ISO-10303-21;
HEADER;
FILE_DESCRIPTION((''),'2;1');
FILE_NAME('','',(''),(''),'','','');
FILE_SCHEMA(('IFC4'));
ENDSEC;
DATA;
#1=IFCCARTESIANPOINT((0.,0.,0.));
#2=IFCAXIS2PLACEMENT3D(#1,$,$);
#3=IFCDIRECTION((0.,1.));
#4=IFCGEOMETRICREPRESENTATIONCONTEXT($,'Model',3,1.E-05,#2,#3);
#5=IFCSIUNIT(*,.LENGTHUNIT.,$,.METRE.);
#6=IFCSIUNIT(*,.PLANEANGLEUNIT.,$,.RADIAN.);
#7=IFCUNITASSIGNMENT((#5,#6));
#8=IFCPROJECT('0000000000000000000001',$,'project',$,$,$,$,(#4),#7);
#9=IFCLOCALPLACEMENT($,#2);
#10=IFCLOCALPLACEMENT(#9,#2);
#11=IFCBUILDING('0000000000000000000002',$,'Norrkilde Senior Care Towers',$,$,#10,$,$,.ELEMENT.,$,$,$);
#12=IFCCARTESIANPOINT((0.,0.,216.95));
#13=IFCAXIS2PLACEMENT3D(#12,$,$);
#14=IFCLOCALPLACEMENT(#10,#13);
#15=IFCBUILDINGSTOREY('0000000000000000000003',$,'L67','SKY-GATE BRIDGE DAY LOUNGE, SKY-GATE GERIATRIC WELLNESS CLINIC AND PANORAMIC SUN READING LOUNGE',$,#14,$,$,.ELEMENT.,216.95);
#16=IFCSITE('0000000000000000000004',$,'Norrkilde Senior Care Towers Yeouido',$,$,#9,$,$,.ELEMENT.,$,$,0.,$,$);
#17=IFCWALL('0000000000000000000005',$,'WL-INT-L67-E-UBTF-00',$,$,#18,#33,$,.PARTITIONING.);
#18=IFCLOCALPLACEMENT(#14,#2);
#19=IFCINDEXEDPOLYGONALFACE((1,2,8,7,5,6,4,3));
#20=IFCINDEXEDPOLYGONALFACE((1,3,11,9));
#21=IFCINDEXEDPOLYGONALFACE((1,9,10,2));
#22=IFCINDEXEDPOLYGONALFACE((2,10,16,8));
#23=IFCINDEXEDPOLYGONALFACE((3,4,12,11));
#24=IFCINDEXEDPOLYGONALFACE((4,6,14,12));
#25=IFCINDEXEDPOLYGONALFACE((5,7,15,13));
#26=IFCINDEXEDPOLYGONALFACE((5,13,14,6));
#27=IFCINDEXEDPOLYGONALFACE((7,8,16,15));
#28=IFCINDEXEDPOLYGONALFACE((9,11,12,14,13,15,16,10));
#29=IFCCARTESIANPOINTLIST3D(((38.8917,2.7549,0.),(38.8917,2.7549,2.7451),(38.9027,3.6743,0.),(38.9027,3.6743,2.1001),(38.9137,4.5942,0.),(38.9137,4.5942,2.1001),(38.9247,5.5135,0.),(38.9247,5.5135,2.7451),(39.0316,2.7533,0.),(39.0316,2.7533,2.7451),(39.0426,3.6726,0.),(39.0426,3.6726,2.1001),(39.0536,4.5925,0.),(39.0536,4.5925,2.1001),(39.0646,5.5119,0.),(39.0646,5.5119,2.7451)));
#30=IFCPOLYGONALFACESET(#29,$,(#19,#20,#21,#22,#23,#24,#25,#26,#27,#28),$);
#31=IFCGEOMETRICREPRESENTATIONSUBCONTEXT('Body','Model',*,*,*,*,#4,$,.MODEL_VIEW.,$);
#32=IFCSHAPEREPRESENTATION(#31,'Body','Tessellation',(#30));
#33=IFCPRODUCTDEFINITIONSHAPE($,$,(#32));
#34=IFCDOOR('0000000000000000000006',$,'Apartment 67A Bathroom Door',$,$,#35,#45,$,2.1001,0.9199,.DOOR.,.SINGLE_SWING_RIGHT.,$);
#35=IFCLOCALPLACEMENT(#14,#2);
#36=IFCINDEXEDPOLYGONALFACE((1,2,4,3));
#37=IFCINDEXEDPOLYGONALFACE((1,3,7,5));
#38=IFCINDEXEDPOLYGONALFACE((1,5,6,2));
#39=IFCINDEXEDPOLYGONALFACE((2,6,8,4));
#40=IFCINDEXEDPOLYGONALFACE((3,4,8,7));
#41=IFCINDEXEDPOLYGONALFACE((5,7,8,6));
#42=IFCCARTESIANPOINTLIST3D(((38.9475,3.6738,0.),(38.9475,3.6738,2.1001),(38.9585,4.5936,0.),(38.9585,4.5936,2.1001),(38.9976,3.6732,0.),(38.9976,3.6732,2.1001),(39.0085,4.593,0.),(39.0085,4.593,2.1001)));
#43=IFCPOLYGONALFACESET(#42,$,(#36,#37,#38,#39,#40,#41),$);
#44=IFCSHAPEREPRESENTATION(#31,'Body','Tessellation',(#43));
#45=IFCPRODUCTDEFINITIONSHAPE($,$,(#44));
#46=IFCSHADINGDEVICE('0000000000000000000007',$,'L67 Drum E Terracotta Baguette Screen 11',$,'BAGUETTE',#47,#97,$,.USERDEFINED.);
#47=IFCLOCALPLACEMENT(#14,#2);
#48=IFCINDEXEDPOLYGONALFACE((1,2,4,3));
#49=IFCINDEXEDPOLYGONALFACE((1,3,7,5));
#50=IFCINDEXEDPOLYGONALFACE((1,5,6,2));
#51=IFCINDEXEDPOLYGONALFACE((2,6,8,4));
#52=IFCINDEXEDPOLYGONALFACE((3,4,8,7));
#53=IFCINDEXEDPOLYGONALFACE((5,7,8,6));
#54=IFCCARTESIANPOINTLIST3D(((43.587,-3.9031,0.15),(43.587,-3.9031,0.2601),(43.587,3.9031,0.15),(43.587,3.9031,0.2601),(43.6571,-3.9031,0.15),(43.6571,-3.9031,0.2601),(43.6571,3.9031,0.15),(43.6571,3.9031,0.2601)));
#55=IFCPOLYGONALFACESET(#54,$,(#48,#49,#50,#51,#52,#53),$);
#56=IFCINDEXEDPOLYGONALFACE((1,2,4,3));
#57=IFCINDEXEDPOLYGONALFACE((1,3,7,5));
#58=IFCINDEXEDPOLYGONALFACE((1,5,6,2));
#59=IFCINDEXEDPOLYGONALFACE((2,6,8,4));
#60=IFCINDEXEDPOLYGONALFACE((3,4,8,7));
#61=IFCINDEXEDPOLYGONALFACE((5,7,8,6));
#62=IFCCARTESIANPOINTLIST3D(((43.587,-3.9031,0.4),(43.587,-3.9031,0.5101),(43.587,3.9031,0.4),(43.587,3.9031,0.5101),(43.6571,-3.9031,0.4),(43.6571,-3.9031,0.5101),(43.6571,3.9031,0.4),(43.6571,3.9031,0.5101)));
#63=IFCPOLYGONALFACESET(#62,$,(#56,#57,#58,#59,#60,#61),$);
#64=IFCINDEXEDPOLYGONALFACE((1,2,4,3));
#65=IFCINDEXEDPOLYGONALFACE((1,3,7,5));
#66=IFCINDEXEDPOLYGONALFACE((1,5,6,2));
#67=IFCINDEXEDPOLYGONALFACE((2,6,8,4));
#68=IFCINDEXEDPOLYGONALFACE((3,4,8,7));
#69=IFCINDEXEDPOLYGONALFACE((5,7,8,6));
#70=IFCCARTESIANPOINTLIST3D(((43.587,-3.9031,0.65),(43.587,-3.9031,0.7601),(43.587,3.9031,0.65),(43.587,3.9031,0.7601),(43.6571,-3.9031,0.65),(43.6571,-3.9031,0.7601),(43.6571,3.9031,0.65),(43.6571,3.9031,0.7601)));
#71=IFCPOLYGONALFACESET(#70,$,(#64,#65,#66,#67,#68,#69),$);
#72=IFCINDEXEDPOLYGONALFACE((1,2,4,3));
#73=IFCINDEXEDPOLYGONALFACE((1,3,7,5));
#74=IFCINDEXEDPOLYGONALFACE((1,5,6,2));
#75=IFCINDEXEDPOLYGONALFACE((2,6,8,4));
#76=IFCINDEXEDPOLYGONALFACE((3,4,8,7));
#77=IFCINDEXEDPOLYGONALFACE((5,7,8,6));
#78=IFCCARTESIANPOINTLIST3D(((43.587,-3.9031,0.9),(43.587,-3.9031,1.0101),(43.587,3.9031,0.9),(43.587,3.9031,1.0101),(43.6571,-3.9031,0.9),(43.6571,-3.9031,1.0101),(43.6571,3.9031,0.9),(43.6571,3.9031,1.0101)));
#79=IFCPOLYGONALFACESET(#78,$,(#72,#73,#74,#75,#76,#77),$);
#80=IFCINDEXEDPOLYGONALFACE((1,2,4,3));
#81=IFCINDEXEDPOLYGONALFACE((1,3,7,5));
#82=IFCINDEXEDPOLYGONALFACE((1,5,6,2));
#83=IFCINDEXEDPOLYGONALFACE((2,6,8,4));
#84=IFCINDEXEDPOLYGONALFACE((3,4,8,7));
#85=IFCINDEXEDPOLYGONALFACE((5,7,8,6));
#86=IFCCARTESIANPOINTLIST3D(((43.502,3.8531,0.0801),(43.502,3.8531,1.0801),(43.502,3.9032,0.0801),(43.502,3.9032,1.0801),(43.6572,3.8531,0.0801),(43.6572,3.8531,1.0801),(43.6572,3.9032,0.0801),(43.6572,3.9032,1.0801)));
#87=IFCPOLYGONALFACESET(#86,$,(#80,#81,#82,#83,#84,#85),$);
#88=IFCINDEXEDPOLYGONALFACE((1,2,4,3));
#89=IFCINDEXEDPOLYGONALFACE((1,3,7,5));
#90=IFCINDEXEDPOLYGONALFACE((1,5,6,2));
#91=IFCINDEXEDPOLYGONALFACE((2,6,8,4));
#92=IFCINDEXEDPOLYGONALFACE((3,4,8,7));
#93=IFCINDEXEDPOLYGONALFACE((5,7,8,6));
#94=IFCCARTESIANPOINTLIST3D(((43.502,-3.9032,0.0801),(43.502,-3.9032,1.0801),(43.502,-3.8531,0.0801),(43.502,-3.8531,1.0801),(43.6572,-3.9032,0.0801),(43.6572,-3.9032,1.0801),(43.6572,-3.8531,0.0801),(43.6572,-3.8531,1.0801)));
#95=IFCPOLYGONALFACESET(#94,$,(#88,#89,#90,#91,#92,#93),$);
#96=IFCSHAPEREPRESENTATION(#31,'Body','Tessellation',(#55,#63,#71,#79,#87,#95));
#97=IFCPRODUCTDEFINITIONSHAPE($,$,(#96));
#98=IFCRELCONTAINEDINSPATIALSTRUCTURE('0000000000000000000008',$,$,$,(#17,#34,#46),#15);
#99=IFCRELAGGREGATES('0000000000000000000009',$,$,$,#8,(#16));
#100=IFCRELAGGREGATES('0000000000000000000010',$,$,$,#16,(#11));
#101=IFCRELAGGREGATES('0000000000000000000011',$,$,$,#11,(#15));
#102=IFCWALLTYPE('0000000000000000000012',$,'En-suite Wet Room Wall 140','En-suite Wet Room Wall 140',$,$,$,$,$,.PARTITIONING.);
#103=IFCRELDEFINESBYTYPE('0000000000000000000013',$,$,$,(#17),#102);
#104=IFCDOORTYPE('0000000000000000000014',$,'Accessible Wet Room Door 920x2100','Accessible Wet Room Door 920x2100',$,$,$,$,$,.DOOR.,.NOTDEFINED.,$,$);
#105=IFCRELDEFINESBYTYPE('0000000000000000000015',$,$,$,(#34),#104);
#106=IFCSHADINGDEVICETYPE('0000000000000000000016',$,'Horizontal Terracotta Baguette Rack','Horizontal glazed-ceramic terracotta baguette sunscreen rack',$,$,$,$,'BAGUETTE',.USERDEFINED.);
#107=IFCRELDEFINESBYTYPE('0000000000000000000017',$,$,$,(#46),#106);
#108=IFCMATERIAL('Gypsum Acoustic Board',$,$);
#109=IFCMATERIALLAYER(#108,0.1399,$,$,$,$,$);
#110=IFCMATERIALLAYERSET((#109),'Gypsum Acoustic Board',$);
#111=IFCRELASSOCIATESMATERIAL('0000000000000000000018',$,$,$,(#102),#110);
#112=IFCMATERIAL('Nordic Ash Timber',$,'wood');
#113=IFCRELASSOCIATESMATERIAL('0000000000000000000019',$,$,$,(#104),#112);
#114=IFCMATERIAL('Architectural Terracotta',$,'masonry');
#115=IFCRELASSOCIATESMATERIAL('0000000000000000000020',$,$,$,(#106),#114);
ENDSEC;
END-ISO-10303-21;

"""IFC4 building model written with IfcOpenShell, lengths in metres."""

from ifc_helpers import new_model, si_unit, direction, frame, frame_2d, origin, origin_2d, place, context, subcontext, project, spatial, rectangle, extrude, source, transform, mapped, material, layer, layer_set, type_object, type_shapes, element, fill, save


model = new_model("IFC4")

# Units and contexts
model_context = context("Model", 3, precision=1e-05, world=origin(), true_north=direction((0.0, 1.0)))
body_context = subcontext(model_context, "Body", "Model", "MODEL_VIEW")
ifc_project = project(units=[si_unit("LENGTHUNIT", "METRE"), si_unit("PLANEANGLEUNIT", "RADIAN")], contexts=[model_context])

# Site, building, storey
site_placement = place(None, origin())
site = spatial("IfcSite", under=ifc_project, at=site_placement, Name="Norrkilde Senior Care Towers Yeouido", CompositionType="ELEMENT", RefElevation=0.0)
building_placement = place(site_placement, origin())
building = spatial("IfcBuilding", under=site, at=building_placement, Name="Norrkilde Senior Care Towers", CompositionType="ELEMENT")
storey_placement = place(building_placement, frame((0.0, 0.0, 216.95)))
storey = spatial("IfcBuildingStorey", under=building, at=storey_placement, Name="L67", Description="SKY-GATE BRIDGE DAY LOUNGE, SKY-GATE GERIATRIC WELLNESS CLINIC AND PANORAMIC SUN READING LOUNGE", CompositionType="ELEMENT", Elevation=216.95)

# Shared definitions
ifc_material_1 = material(Name="Gypsum Acoustic Board")

# Shared definitions
ifc_material_2 = material(Name="Nordic Ash Timber", Category="wood")

# Shared definitions
ifc_layer_1 = layer(ifc_material_1, 0.1399)
ifc_layer_set_1 = layer_set([ifc_layer_1], Name="Gypsum Acoustic Board")
wall_type_1 = type_object("IfcWallType", Name="En-suite Wet Room Wall 140", Description="En-suite Wet Room Wall 140", PredefinedType="PARTITIONING", material=ifc_layer_set_1)

# Wall, opening, door
shared_shape_1 = source(origin(), body_context, "Body", "SweptSolid", [
    extrude(rectangle(XDim=2.7588, YDim=0.1399, at=frame_2d((1.3794, 0.0))), origin(), (0.0, 0.0, 1.0), 2.7451),
])
wall_1_placement = place(storey_placement, frame((38.9946, 5.5127, 0.0), z_axis=(0.0, 0.0, 1.0), x_axis=(-0.011947, -0.999929, 0.0)))
wall_1 = element("IfcWall", 1, at=wall_1_placement, inside=storey, type_object=wall_type_1, Name="WL-INT-L67-E-UBTF-00", PredefinedType="PARTITIONING", context=body_context, shape_type="MappedRepresentation", body=[
    mapped(shared_shape_1, transform((0.0, 0.0, 0.0), x_axis=(1.0, 0.0, 0.0), y_axis=(0.0, 1.0, 0.0), z_axis=(0.0, 0.0, 1.0), scale=1.0)),
])
opening_1_placement = place(wall_1_placement, frame((0.9194, 0.0, 0.0)))
opening_1 = element("IfcOpeningElement", 2, at=opening_1_placement, cuts=wall_1, PredefinedType="OPENING", context=body_context, shape_type="SweptSolid", body=[
    extrude(rectangle(XDim=0.9199, YDim=2.1001, at=frame_2d((0.46, 1.05))), frame((0.0, 0.0798, 0.0), z_axis=(0.0, -1.0, 0.0), x_axis=(1.0, 0.0, 0.0)), (0.0, 0.0, 1.0), 0.1599),
])
door_type_1 = type_object("IfcDoorType", Name="Accessible Wet Room Door 920x2100", Description="Accessible Wet Room Door 920x2100", OperationType="NOTDEFINED", PredefinedType="DOOR", material=ifc_material_2)
shared_shape_2 = source(origin(), body_context, "Body", "SweptSolid", [
    extrude(rectangle(XDim=0.9199, YDim=2.1001, at=frame_2d((0.46, 1.05))), frame((0.0, 0.0249, 0.0), z_axis=(0.0, -1.0, 0.0), x_axis=(1.0, 0.0, 0.0)), (0.0, 0.0, 1.0), 0.05),
])
type_shapes(door_type_1, [shared_shape_2])
door_1_placement = place(opening_1_placement, origin())
door_1 = element("IfcDoor", 3, at=door_1_placement, inside=storey, type_object=door_type_1, Name="Apartment 67A Bathroom Door", OperationType="SINGLE_SWING_RIGHT", OverallHeight=2.1001, OverallWidth=0.9199, PredefinedType="DOOR", context=body_context, shape_type="MappedRepresentation", body=[
    mapped(shared_shape_2, transform((0.0, 0.0, 0.0), x_axis=(1.0, 0.0, 0.0), y_axis=(0.0, 1.0, 0.0), z_axis=(0.0, 0.0, 1.0), scale=1.0)),
])
fill(opening_1, door_1)

# Shading device
ifc_material_3 = material(Name="Architectural Terracotta", Category="masonry")
shading_device_type = type_object("IfcShadingDeviceType", Name="Horizontal Terracotta Baguette Rack", Description="Horizontal glazed-ceramic terracotta baguette sunscreen rack", ElementType="BAGUETTE", PredefinedType="USERDEFINED", material=ifc_material_3)
shared_shape_3 = source(origin(), body_context, "Body", "SweptSolid", [
    extrude(rectangle(XDim=0.0701, YDim=0.1101, at=origin_2d()), frame((0.0, 0.0901, 0.125), z_axis=(1.0, 0.0, 0.0), x_axis=(0.0, 1.0, 0.0)), (0.0, 0.0, 1.0), 7.8062),
    extrude(rectangle(XDim=0.0701, YDim=0.1101, at=origin_2d()), frame((0.0, 0.0901, 0.375), z_axis=(1.0, 0.0, 0.0), x_axis=(0.0, 1.0, 0.0)), (0.0, 0.0, 1.0), 7.8062),
    extrude(rectangle(XDim=0.0701, YDim=0.1101, at=origin_2d()), frame((0.0, 0.0901, 0.625), z_axis=(1.0, 0.0, 0.0), x_axis=(0.0, 1.0, 0.0)), (0.0, 0.0, 1.0), 7.8062),
    extrude(rectangle(XDim=0.0701, YDim=0.1101, at=origin_2d()), frame((0.0, 0.0901, 0.875), z_axis=(1.0, 0.0, 0.0), x_axis=(0.0, 1.0, 0.0)), (0.0, 0.0, 1.0), 7.8062),
    extrude(rectangle(XDim=0.05, YDim=0.1553, at=origin_2d()), frame((0.0249, 0.0476, 0.0)), (0.0, 0.0, 1.0), 1.0),
    extrude(rectangle(XDim=0.05, YDim=0.1553, at=origin_2d()), frame((7.7812, 0.0476, 0.0)), (0.0, 0.0, 1.0), 1.0),
])
type_shapes(shading_device_type, [shared_shape_3])
shading_device_placement = place(storey_placement, frame((43.532, 3.9031, 0.0801), z_axis=(0.0, 0.0, 1.0), x_axis=(0.0, -1.0, 0.0)))
element("IfcShadingDevice", 4, at=shading_device_placement, inside=storey, type_object=shading_device_type, Name="L67 Drum E Terracotta Baguette Screen 11", ObjectType="BAGUETTE", PredefinedType="USERDEFINED", context=body_context, shape_type="MappedRepresentation", body=[
    mapped(shared_shape_3, transform((0.0, 0.0, 0.0), x_axis=(1.0, 0.0, 0.0), y_axis=(0.0, 1.0, 0.0), z_axis=(0.0, 0.0, 1.0), scale=1.0)),
])

save(model, "model.ifc")
